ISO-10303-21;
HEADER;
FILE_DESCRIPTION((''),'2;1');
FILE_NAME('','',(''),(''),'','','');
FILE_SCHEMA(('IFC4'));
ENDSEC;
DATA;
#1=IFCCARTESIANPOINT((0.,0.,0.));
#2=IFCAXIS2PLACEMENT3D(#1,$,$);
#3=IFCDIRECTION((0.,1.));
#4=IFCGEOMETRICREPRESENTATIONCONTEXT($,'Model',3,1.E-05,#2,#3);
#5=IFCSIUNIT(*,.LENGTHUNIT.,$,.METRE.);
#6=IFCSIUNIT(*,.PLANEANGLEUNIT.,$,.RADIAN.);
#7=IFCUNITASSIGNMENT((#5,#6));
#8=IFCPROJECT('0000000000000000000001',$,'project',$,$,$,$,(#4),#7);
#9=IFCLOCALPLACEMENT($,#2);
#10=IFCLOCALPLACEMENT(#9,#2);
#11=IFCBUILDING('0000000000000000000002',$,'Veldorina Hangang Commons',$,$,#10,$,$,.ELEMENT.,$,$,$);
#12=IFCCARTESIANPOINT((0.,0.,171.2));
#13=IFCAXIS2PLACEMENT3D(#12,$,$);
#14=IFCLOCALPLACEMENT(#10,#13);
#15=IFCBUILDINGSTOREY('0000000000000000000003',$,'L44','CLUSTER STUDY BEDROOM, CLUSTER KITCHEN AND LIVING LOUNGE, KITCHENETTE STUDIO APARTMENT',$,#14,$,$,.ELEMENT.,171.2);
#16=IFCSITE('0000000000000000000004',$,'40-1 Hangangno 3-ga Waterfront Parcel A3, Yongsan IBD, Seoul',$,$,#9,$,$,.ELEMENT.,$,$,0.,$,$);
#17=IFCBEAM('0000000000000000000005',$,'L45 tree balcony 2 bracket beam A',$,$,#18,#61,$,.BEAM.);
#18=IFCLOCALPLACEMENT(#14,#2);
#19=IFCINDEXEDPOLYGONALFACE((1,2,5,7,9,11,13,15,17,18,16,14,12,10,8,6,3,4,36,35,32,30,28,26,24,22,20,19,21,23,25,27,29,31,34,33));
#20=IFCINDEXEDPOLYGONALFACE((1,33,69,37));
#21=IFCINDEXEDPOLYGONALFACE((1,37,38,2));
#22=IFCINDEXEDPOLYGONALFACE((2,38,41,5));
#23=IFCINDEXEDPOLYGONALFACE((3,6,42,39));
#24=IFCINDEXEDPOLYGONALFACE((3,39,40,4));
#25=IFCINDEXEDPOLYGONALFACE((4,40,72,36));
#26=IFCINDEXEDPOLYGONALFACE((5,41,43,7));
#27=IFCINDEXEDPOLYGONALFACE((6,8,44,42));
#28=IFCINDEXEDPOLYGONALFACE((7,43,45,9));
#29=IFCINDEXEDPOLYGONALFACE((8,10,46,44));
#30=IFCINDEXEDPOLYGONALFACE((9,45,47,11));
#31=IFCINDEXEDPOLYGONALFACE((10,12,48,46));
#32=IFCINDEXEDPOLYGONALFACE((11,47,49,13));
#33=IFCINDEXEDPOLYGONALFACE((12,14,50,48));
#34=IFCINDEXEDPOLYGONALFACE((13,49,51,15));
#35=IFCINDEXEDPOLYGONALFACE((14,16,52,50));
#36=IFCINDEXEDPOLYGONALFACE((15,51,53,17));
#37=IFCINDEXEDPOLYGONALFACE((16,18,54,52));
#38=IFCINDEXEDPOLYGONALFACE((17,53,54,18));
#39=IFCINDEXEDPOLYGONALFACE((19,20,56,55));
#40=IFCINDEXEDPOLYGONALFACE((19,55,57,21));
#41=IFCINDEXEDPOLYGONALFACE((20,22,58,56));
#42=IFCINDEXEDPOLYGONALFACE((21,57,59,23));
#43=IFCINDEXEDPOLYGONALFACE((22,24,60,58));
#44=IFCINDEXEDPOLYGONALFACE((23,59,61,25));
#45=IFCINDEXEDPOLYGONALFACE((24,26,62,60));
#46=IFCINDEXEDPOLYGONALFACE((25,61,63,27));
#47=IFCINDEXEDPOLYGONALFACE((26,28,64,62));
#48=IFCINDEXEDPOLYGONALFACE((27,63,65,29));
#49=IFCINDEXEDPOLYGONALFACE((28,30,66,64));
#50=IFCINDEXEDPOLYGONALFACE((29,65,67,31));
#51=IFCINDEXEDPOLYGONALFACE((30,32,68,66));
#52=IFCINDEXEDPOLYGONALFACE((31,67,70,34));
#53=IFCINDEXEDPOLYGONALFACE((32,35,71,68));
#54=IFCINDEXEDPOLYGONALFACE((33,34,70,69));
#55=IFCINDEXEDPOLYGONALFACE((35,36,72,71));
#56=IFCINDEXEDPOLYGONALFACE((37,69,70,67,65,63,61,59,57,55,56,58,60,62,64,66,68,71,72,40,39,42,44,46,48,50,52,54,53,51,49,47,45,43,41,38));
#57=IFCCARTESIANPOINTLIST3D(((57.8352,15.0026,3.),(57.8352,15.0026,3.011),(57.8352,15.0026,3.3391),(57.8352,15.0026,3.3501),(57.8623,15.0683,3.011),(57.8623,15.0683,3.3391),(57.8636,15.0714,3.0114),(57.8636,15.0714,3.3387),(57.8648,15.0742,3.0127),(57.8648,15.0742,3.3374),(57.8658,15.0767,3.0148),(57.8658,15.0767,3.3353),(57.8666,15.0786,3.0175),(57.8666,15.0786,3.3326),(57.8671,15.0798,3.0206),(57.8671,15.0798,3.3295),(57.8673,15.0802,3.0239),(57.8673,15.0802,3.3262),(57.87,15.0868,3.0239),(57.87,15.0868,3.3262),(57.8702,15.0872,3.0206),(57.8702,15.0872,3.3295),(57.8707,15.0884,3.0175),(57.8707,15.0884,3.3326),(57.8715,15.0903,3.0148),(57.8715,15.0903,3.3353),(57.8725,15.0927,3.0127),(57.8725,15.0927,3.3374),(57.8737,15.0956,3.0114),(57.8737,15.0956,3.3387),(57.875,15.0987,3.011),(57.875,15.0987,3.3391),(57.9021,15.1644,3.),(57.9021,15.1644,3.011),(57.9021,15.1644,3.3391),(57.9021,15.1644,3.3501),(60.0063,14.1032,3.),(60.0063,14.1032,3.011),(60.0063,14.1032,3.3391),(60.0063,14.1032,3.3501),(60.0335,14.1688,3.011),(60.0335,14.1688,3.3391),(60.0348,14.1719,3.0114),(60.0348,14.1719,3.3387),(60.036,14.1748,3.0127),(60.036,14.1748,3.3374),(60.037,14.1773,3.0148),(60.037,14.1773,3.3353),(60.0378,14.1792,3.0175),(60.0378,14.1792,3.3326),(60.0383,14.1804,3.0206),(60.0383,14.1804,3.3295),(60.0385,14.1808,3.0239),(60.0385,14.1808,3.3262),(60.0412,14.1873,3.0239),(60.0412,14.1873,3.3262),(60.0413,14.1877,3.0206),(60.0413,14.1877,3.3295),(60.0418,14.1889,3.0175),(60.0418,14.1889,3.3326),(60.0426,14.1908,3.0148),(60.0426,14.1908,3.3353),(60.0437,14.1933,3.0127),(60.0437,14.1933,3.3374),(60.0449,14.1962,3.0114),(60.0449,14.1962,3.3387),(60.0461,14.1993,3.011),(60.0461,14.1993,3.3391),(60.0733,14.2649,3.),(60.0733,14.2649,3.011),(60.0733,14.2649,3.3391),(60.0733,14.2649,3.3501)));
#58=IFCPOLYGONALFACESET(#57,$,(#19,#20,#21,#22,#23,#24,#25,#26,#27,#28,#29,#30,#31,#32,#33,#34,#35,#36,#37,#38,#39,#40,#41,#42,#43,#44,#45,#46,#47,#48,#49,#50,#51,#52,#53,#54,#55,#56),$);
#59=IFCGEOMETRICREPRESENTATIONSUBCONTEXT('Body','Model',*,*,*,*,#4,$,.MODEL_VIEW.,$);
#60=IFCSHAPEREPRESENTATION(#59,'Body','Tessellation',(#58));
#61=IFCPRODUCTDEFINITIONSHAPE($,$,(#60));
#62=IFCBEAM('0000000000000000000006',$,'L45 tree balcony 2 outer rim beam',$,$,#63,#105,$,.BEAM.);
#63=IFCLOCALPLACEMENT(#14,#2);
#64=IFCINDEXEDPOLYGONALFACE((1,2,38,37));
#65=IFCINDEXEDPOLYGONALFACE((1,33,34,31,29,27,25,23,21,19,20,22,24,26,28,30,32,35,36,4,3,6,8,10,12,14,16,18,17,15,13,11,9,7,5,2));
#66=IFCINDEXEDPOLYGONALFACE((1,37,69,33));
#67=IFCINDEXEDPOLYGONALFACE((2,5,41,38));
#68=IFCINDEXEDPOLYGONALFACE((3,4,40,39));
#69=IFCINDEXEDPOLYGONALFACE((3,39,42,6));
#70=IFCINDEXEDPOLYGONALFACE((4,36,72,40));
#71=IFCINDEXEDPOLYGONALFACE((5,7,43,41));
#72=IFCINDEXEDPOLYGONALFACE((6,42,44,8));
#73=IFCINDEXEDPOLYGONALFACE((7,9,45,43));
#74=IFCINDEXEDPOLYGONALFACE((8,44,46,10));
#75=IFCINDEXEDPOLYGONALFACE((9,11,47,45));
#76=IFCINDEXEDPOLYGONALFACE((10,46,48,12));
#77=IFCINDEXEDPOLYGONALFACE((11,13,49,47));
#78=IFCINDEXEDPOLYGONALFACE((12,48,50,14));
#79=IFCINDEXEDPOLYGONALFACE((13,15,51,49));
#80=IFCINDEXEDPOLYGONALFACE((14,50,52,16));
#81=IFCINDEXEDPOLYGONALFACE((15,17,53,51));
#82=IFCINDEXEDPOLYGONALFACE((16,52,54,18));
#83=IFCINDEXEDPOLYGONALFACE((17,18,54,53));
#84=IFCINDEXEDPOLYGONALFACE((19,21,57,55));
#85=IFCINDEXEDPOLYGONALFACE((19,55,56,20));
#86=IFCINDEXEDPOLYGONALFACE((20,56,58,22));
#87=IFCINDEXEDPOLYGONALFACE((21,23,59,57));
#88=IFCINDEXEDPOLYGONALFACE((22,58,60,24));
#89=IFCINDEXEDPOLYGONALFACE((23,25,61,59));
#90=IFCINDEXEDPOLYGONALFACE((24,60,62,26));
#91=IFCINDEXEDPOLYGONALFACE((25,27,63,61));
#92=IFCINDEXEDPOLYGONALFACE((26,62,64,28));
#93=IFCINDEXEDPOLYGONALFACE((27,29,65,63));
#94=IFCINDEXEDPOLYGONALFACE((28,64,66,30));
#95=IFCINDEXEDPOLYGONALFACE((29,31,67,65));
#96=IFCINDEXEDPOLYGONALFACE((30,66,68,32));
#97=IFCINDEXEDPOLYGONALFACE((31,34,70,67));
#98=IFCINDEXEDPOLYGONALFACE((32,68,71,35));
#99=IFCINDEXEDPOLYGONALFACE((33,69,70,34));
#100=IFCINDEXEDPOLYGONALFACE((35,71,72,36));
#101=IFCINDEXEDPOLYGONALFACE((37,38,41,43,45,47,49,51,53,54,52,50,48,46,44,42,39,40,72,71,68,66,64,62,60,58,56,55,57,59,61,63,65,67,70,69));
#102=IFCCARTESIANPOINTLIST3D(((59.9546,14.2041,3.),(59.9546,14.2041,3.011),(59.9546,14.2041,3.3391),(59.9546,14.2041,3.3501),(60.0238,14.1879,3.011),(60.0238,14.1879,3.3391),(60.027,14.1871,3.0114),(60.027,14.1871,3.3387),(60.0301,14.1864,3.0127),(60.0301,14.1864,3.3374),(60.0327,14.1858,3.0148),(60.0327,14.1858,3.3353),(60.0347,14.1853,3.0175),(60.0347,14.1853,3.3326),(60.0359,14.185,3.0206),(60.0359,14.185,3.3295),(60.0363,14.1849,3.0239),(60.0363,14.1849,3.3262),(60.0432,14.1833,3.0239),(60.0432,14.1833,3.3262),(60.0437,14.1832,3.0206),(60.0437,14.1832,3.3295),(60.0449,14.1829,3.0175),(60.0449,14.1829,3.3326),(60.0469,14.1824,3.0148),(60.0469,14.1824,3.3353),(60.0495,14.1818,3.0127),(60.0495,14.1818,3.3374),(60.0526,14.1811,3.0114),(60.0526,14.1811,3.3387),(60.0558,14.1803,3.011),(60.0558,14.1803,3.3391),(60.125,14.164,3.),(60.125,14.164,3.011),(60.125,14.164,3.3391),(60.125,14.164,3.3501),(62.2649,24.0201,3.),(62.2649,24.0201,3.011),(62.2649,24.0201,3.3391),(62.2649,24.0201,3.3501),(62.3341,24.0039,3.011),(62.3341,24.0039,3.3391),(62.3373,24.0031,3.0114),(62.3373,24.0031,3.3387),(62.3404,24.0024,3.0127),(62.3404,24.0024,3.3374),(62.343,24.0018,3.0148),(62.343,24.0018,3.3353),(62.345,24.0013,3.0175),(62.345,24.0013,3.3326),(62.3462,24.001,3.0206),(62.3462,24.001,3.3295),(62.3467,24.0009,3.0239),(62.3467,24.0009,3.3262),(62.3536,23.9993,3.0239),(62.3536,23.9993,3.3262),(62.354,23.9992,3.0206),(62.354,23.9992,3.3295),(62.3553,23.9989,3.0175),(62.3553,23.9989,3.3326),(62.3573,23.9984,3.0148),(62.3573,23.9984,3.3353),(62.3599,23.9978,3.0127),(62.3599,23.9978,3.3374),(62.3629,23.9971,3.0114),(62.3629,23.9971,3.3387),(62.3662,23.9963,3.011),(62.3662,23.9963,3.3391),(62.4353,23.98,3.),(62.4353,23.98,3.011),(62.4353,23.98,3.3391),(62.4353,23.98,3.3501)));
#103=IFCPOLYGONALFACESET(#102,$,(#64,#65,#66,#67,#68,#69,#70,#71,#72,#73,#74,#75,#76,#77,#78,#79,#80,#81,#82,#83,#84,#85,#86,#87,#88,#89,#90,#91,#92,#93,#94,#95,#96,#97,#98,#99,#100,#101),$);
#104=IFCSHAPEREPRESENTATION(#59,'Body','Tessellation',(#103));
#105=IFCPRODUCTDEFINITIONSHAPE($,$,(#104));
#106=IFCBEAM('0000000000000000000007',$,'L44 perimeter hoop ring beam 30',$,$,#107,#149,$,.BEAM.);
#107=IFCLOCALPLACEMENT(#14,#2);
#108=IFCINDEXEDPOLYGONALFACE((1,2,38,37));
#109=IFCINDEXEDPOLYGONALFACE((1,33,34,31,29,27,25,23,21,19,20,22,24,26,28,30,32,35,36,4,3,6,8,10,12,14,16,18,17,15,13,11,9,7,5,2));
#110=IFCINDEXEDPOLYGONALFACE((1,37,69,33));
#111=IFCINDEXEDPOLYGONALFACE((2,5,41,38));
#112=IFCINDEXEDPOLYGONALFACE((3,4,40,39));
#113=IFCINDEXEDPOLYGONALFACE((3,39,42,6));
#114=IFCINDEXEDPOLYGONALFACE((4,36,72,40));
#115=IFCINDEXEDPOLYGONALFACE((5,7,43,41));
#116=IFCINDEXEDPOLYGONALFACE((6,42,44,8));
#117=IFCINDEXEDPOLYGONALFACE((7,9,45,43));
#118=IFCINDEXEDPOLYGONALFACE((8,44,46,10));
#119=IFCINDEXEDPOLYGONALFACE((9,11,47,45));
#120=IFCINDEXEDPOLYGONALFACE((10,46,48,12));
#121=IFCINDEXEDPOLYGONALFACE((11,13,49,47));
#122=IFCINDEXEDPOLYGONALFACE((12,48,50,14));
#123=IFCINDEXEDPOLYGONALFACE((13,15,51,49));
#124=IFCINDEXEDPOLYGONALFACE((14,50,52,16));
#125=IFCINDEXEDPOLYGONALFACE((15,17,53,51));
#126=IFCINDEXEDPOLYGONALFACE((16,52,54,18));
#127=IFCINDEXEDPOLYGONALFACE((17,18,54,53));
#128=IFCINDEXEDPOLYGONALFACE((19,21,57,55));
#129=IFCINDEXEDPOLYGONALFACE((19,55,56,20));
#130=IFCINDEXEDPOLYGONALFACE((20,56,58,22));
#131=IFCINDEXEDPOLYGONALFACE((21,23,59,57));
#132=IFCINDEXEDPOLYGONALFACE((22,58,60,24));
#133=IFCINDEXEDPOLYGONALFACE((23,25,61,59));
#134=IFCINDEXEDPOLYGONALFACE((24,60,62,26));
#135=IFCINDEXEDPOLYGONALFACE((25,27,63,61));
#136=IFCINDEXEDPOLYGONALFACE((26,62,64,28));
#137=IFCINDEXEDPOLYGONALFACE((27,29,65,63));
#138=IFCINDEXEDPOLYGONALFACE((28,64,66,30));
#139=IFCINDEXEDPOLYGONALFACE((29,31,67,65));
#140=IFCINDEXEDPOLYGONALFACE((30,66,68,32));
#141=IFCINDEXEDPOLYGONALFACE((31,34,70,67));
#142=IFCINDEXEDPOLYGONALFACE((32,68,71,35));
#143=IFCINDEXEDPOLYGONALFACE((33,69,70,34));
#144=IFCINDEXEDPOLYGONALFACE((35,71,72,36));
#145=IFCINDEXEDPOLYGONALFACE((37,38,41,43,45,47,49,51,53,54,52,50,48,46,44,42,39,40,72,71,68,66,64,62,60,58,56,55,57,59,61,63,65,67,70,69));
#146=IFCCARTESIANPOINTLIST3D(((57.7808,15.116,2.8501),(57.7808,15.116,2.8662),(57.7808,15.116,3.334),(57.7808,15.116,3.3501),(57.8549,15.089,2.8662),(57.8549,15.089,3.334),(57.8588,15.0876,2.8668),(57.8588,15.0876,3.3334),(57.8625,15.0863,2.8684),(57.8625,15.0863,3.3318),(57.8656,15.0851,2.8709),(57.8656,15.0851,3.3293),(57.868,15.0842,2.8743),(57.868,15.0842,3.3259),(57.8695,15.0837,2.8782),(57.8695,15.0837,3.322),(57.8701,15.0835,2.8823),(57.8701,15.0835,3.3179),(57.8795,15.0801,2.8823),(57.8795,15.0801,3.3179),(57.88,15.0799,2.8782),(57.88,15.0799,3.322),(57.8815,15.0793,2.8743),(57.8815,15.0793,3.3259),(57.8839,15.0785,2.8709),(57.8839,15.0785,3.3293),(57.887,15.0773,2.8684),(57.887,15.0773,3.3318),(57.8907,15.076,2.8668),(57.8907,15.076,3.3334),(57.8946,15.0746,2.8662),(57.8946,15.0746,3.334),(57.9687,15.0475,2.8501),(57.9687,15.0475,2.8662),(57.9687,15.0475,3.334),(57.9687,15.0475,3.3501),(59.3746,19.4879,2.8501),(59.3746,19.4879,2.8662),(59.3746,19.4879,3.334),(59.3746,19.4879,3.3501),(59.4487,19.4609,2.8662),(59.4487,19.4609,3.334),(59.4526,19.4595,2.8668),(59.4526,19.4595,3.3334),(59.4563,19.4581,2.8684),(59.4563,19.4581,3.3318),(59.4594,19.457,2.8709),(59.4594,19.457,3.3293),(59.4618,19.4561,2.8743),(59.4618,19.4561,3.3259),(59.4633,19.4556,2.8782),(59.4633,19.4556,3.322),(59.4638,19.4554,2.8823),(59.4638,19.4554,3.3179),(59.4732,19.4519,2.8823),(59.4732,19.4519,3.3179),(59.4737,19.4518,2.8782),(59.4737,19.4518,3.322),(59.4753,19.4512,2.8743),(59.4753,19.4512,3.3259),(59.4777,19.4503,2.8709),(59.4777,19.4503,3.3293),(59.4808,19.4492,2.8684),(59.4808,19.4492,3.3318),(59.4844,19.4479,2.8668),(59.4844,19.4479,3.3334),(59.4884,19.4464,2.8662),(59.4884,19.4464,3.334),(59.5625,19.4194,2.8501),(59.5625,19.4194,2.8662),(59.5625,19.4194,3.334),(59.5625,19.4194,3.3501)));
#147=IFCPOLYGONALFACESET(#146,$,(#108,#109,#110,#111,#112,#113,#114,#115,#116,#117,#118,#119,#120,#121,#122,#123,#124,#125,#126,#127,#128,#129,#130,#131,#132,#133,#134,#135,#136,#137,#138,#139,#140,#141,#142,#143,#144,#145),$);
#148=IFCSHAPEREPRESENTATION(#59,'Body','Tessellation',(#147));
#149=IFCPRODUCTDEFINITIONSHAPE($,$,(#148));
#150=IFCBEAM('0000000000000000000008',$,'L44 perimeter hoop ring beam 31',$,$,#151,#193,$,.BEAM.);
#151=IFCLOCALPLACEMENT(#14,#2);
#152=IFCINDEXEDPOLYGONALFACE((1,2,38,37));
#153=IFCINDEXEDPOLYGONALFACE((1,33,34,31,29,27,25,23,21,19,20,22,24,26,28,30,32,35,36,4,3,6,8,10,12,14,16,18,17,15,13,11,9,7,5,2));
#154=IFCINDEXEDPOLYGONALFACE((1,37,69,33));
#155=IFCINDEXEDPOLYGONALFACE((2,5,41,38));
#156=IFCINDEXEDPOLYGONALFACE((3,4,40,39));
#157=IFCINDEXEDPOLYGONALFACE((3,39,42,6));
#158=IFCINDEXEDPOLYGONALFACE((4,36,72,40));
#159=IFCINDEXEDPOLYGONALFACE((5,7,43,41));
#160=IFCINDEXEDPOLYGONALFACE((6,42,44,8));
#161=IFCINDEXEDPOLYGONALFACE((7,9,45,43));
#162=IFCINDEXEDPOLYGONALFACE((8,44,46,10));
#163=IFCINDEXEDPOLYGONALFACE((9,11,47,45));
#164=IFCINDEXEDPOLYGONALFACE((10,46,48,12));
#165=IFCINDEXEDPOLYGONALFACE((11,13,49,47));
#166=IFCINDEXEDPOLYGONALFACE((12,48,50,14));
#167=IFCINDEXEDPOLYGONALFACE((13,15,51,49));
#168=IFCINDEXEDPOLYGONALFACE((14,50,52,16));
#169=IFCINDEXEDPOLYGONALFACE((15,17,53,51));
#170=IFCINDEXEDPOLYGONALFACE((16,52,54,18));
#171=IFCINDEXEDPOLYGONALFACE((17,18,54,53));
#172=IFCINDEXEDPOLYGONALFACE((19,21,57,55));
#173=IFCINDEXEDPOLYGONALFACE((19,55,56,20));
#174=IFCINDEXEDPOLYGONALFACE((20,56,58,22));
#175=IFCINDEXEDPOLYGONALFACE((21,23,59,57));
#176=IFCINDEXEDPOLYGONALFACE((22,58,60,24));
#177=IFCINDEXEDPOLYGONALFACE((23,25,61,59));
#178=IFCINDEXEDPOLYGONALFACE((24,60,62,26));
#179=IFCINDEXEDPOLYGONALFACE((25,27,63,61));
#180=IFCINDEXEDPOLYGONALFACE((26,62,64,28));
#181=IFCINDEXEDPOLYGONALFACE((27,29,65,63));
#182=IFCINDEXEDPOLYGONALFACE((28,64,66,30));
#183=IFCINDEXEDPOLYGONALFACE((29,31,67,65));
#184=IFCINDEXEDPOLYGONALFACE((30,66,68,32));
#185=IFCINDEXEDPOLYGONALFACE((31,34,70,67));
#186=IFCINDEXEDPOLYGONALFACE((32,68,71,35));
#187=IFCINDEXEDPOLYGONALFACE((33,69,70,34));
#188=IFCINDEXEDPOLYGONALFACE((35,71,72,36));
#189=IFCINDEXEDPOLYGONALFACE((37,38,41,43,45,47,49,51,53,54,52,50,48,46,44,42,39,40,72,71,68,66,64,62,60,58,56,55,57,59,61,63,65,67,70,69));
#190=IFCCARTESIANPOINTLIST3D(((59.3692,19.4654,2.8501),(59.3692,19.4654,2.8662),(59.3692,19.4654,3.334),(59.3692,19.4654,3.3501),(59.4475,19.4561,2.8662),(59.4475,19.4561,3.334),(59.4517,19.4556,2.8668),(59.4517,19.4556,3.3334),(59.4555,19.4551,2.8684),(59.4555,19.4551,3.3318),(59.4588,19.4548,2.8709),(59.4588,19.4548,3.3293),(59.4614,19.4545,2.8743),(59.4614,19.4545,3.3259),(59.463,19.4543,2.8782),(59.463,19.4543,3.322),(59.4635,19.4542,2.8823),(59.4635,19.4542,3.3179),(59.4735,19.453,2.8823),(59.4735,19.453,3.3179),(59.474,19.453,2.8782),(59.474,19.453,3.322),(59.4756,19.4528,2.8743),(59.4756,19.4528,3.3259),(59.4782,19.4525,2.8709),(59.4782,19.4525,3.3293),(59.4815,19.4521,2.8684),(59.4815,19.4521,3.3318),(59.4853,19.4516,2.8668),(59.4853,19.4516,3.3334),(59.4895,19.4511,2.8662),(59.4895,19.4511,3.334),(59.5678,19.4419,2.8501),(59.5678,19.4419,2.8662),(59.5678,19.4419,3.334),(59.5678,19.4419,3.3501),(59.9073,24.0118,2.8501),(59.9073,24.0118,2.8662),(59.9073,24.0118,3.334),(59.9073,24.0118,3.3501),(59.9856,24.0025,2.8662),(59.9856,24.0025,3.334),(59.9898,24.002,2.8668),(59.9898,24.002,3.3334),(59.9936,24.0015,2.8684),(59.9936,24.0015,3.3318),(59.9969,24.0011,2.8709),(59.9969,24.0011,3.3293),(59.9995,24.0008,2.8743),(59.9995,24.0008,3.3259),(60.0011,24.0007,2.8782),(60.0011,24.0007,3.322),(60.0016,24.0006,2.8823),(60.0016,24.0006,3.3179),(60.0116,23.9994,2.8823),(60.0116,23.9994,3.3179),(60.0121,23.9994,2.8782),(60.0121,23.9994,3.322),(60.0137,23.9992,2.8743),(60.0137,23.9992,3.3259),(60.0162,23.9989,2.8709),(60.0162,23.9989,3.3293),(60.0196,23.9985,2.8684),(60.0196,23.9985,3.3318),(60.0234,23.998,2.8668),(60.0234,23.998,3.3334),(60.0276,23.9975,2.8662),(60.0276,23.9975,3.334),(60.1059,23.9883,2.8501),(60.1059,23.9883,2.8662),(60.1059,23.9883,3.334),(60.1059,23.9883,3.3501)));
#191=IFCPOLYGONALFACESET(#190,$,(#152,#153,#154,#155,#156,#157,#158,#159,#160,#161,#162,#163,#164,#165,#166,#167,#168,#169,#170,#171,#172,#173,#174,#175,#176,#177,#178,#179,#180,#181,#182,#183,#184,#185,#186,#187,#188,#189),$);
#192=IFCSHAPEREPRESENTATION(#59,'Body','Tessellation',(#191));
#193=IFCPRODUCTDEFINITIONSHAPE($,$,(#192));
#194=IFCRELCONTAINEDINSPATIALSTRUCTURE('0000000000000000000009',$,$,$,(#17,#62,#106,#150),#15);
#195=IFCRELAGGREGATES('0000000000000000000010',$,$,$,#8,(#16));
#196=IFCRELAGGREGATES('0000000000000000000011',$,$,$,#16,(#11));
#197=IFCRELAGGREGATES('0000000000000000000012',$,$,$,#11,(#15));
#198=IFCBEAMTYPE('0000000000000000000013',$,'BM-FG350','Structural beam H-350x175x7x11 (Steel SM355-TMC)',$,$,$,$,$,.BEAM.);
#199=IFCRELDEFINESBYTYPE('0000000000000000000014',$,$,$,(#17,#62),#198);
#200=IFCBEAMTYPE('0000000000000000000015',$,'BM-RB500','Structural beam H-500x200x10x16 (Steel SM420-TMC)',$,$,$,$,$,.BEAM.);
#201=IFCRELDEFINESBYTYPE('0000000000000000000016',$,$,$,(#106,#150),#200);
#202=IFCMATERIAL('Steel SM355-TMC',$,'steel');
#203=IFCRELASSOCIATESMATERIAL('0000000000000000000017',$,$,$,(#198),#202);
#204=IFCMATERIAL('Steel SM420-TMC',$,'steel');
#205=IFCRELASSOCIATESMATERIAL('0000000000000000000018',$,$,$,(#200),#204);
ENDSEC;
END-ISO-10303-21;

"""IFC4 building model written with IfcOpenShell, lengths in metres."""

from ifc_helpers import new_model, si_unit, direction, frame, origin, origin_2d, place, context, subcontext, project, spatial, i_section, extrude, material, material_profile, profile_set, type_object, element, save


model = new_model("IFC4")

# Units and contexts
model_context = context("Model", 3, precision=1e-05, world=origin(), true_north=direction((0.0, 1.0)))
body_context = subcontext(model_context, "Body", "Model", "MODEL_VIEW")
ifc_project = project(units=[si_unit("LENGTHUNIT", "METRE"), si_unit("PLANEANGLEUNIT", "RADIAN")], contexts=[model_context])

# Site, building, storey
site_placement = place(None, origin())
site = spatial("IfcSite", under=ifc_project, at=site_placement, Name="40-1 Hangangno 3-ga Waterfront Parcel A3, Yongsan IBD, Seoul", CompositionType="ELEMENT", RefElevation=0.0)
building_placement = place(site_placement, origin())
building = spatial("IfcBuilding", under=site, at=building_placement, Name="Veldorina Hangang Commons", CompositionType="ELEMENT")
storey_placement = place(building_placement, frame((0.0, 0.0, 171.2)))
storey = spatial("IfcBuildingStorey", under=building, at=storey_placement, Name="L44", Description="CLUSTER STUDY BEDROOM, CLUSTER KITCHEN AND LIVING LOUNGE, KITCHENETTE STUDIO APARTMENT", CompositionType="ELEMENT", Elevation=171.2)

# Beams
ifc_material_1 = material(Name="Steel SM355-TMC", Category="steel")
ifc_material_profile_1 = material_profile(ifc_material_1, i_section(OverallWidth=0.175, OverallDepth=0.3501, WebThickness=0.0071, FlangeThickness=0.011, FilletRadius=0.0129, at=origin_2d()), Name="H-350x175x7x11")
ifc_profile_set_1 = profile_set([ifc_material_profile_1], Name="Steel SM355-TMC")
beam_type_1 = type_object("IfcBeamType", Name="BM-FG350", Description="Structural beam H-350x175x7x11 (Steel SM355-TMC)", PredefinedType="BEAM", material=ifc_profile_set_1)
beam_1_placement = place(storey_placement, frame((57.8687, 15.0835, 3.175), z_axis=(0.923865, -0.382719, 0.0), x_axis=(0.382719, 0.923865, 0.0)))
element("IfcBeam", 1, at=beam_1_placement, inside=storey, type_object=beam_type_1, Name="L45 tree balcony 2 bracket beam A", PredefinedType="BEAM", context=body_context, shape_type="SweptSolid", body=[
    extrude(i_section(OverallWidth=0.175, OverallDepth=0.3501, WebThickness=0.0071, FlangeThickness=0.011, FilletRadius=0.0129, at=origin_2d()), origin(), (0.0, 0.0, 1.0), 2.3501),
])
beam_2_placement = place(storey_placement, frame((60.0398, 14.1841, 3.175), z_axis=(0.229103, 0.973402, 0.0), x_axis=(-0.973402, 0.229103, 0.0)))
element("IfcBeam", 2, at=beam_2_placement, inside=storey, type_object=beam_type_1, Name="L45 tree balcony 2 outer rim beam", PredefinedType="BEAM", context=body_context, shape_type="SweptSolid", body=[
    extrude(i_section(OverallWidth=0.175, OverallDepth=0.3501, WebThickness=0.0071, FlangeThickness=0.011, FilletRadius=0.0129, at=origin_2d()), origin(), (0.0, 0.0, 1.0), 10.0842),
])
ifc_material_2 = material(Name="Steel SM420-TMC", Category="steel")
ifc_material_profile_2 = material_profile(ifc_material_2, i_section(OverallWidth=0.2, OverallDepth=0.5, WebThickness=0.01, FlangeThickness=0.0161, FilletRadius=0.0161, at=origin_2d()), Name="H-500x200x10x16")
ifc_profile_set_2 = profile_set([ifc_material_profile_2], Name="Steel SM420-TMC")
beam_type_2 = type_object("IfcBeamType", Name="BM-RB500", Description="Structural beam H-500x200x10x16 (Steel SM420-TMC)", PredefinedType="BEAM", material=ifc_profile_set_2)
beam_3_placement = place(storey_placement, frame((57.8748, 15.0818, 3.1001), z_axis=(0.342501, 0.939517, 0.0), x_axis=(-0.939517, 0.342501, 0.0)))
element("IfcBeam", 3, at=beam_3_placement, inside=storey, type_object=beam_type_2, Name="L44 perimeter hoop ring beam 30", PredefinedType="BEAM", context=body_context, shape_type="SweptSolid", body=[
    extrude(i_section(OverallWidth=0.2, OverallDepth=0.5, WebThickness=0.01, FlangeThickness=0.0161, FilletRadius=0.0161, at=origin_2d()), origin(), (0.0, 0.0, 1.0), 4.6533),
])
beam_4_placement = place(storey_placement, frame((59.4685, 19.4536, 3.1001), z_axis=(0.117534, 0.993069, 0.0), x_axis=(-0.993069, 0.117534, 0.0)))
element("IfcBeam", 4, at=beam_4_placement, inside=storey, type_object=beam_type_2, Name="L44 perimeter hoop ring beam 31", PredefinedType="BEAM", context=body_context, shape_type="SweptSolid", body=[
    extrude(i_section(OverallWidth=0.2, OverallDepth=0.5, WebThickness=0.01, FlangeThickness=0.0161, FilletRadius=0.0161, at=origin_2d()), origin(), (0.0, 0.0, 1.0), 4.5781),
])

save(model, "model.ifc")
